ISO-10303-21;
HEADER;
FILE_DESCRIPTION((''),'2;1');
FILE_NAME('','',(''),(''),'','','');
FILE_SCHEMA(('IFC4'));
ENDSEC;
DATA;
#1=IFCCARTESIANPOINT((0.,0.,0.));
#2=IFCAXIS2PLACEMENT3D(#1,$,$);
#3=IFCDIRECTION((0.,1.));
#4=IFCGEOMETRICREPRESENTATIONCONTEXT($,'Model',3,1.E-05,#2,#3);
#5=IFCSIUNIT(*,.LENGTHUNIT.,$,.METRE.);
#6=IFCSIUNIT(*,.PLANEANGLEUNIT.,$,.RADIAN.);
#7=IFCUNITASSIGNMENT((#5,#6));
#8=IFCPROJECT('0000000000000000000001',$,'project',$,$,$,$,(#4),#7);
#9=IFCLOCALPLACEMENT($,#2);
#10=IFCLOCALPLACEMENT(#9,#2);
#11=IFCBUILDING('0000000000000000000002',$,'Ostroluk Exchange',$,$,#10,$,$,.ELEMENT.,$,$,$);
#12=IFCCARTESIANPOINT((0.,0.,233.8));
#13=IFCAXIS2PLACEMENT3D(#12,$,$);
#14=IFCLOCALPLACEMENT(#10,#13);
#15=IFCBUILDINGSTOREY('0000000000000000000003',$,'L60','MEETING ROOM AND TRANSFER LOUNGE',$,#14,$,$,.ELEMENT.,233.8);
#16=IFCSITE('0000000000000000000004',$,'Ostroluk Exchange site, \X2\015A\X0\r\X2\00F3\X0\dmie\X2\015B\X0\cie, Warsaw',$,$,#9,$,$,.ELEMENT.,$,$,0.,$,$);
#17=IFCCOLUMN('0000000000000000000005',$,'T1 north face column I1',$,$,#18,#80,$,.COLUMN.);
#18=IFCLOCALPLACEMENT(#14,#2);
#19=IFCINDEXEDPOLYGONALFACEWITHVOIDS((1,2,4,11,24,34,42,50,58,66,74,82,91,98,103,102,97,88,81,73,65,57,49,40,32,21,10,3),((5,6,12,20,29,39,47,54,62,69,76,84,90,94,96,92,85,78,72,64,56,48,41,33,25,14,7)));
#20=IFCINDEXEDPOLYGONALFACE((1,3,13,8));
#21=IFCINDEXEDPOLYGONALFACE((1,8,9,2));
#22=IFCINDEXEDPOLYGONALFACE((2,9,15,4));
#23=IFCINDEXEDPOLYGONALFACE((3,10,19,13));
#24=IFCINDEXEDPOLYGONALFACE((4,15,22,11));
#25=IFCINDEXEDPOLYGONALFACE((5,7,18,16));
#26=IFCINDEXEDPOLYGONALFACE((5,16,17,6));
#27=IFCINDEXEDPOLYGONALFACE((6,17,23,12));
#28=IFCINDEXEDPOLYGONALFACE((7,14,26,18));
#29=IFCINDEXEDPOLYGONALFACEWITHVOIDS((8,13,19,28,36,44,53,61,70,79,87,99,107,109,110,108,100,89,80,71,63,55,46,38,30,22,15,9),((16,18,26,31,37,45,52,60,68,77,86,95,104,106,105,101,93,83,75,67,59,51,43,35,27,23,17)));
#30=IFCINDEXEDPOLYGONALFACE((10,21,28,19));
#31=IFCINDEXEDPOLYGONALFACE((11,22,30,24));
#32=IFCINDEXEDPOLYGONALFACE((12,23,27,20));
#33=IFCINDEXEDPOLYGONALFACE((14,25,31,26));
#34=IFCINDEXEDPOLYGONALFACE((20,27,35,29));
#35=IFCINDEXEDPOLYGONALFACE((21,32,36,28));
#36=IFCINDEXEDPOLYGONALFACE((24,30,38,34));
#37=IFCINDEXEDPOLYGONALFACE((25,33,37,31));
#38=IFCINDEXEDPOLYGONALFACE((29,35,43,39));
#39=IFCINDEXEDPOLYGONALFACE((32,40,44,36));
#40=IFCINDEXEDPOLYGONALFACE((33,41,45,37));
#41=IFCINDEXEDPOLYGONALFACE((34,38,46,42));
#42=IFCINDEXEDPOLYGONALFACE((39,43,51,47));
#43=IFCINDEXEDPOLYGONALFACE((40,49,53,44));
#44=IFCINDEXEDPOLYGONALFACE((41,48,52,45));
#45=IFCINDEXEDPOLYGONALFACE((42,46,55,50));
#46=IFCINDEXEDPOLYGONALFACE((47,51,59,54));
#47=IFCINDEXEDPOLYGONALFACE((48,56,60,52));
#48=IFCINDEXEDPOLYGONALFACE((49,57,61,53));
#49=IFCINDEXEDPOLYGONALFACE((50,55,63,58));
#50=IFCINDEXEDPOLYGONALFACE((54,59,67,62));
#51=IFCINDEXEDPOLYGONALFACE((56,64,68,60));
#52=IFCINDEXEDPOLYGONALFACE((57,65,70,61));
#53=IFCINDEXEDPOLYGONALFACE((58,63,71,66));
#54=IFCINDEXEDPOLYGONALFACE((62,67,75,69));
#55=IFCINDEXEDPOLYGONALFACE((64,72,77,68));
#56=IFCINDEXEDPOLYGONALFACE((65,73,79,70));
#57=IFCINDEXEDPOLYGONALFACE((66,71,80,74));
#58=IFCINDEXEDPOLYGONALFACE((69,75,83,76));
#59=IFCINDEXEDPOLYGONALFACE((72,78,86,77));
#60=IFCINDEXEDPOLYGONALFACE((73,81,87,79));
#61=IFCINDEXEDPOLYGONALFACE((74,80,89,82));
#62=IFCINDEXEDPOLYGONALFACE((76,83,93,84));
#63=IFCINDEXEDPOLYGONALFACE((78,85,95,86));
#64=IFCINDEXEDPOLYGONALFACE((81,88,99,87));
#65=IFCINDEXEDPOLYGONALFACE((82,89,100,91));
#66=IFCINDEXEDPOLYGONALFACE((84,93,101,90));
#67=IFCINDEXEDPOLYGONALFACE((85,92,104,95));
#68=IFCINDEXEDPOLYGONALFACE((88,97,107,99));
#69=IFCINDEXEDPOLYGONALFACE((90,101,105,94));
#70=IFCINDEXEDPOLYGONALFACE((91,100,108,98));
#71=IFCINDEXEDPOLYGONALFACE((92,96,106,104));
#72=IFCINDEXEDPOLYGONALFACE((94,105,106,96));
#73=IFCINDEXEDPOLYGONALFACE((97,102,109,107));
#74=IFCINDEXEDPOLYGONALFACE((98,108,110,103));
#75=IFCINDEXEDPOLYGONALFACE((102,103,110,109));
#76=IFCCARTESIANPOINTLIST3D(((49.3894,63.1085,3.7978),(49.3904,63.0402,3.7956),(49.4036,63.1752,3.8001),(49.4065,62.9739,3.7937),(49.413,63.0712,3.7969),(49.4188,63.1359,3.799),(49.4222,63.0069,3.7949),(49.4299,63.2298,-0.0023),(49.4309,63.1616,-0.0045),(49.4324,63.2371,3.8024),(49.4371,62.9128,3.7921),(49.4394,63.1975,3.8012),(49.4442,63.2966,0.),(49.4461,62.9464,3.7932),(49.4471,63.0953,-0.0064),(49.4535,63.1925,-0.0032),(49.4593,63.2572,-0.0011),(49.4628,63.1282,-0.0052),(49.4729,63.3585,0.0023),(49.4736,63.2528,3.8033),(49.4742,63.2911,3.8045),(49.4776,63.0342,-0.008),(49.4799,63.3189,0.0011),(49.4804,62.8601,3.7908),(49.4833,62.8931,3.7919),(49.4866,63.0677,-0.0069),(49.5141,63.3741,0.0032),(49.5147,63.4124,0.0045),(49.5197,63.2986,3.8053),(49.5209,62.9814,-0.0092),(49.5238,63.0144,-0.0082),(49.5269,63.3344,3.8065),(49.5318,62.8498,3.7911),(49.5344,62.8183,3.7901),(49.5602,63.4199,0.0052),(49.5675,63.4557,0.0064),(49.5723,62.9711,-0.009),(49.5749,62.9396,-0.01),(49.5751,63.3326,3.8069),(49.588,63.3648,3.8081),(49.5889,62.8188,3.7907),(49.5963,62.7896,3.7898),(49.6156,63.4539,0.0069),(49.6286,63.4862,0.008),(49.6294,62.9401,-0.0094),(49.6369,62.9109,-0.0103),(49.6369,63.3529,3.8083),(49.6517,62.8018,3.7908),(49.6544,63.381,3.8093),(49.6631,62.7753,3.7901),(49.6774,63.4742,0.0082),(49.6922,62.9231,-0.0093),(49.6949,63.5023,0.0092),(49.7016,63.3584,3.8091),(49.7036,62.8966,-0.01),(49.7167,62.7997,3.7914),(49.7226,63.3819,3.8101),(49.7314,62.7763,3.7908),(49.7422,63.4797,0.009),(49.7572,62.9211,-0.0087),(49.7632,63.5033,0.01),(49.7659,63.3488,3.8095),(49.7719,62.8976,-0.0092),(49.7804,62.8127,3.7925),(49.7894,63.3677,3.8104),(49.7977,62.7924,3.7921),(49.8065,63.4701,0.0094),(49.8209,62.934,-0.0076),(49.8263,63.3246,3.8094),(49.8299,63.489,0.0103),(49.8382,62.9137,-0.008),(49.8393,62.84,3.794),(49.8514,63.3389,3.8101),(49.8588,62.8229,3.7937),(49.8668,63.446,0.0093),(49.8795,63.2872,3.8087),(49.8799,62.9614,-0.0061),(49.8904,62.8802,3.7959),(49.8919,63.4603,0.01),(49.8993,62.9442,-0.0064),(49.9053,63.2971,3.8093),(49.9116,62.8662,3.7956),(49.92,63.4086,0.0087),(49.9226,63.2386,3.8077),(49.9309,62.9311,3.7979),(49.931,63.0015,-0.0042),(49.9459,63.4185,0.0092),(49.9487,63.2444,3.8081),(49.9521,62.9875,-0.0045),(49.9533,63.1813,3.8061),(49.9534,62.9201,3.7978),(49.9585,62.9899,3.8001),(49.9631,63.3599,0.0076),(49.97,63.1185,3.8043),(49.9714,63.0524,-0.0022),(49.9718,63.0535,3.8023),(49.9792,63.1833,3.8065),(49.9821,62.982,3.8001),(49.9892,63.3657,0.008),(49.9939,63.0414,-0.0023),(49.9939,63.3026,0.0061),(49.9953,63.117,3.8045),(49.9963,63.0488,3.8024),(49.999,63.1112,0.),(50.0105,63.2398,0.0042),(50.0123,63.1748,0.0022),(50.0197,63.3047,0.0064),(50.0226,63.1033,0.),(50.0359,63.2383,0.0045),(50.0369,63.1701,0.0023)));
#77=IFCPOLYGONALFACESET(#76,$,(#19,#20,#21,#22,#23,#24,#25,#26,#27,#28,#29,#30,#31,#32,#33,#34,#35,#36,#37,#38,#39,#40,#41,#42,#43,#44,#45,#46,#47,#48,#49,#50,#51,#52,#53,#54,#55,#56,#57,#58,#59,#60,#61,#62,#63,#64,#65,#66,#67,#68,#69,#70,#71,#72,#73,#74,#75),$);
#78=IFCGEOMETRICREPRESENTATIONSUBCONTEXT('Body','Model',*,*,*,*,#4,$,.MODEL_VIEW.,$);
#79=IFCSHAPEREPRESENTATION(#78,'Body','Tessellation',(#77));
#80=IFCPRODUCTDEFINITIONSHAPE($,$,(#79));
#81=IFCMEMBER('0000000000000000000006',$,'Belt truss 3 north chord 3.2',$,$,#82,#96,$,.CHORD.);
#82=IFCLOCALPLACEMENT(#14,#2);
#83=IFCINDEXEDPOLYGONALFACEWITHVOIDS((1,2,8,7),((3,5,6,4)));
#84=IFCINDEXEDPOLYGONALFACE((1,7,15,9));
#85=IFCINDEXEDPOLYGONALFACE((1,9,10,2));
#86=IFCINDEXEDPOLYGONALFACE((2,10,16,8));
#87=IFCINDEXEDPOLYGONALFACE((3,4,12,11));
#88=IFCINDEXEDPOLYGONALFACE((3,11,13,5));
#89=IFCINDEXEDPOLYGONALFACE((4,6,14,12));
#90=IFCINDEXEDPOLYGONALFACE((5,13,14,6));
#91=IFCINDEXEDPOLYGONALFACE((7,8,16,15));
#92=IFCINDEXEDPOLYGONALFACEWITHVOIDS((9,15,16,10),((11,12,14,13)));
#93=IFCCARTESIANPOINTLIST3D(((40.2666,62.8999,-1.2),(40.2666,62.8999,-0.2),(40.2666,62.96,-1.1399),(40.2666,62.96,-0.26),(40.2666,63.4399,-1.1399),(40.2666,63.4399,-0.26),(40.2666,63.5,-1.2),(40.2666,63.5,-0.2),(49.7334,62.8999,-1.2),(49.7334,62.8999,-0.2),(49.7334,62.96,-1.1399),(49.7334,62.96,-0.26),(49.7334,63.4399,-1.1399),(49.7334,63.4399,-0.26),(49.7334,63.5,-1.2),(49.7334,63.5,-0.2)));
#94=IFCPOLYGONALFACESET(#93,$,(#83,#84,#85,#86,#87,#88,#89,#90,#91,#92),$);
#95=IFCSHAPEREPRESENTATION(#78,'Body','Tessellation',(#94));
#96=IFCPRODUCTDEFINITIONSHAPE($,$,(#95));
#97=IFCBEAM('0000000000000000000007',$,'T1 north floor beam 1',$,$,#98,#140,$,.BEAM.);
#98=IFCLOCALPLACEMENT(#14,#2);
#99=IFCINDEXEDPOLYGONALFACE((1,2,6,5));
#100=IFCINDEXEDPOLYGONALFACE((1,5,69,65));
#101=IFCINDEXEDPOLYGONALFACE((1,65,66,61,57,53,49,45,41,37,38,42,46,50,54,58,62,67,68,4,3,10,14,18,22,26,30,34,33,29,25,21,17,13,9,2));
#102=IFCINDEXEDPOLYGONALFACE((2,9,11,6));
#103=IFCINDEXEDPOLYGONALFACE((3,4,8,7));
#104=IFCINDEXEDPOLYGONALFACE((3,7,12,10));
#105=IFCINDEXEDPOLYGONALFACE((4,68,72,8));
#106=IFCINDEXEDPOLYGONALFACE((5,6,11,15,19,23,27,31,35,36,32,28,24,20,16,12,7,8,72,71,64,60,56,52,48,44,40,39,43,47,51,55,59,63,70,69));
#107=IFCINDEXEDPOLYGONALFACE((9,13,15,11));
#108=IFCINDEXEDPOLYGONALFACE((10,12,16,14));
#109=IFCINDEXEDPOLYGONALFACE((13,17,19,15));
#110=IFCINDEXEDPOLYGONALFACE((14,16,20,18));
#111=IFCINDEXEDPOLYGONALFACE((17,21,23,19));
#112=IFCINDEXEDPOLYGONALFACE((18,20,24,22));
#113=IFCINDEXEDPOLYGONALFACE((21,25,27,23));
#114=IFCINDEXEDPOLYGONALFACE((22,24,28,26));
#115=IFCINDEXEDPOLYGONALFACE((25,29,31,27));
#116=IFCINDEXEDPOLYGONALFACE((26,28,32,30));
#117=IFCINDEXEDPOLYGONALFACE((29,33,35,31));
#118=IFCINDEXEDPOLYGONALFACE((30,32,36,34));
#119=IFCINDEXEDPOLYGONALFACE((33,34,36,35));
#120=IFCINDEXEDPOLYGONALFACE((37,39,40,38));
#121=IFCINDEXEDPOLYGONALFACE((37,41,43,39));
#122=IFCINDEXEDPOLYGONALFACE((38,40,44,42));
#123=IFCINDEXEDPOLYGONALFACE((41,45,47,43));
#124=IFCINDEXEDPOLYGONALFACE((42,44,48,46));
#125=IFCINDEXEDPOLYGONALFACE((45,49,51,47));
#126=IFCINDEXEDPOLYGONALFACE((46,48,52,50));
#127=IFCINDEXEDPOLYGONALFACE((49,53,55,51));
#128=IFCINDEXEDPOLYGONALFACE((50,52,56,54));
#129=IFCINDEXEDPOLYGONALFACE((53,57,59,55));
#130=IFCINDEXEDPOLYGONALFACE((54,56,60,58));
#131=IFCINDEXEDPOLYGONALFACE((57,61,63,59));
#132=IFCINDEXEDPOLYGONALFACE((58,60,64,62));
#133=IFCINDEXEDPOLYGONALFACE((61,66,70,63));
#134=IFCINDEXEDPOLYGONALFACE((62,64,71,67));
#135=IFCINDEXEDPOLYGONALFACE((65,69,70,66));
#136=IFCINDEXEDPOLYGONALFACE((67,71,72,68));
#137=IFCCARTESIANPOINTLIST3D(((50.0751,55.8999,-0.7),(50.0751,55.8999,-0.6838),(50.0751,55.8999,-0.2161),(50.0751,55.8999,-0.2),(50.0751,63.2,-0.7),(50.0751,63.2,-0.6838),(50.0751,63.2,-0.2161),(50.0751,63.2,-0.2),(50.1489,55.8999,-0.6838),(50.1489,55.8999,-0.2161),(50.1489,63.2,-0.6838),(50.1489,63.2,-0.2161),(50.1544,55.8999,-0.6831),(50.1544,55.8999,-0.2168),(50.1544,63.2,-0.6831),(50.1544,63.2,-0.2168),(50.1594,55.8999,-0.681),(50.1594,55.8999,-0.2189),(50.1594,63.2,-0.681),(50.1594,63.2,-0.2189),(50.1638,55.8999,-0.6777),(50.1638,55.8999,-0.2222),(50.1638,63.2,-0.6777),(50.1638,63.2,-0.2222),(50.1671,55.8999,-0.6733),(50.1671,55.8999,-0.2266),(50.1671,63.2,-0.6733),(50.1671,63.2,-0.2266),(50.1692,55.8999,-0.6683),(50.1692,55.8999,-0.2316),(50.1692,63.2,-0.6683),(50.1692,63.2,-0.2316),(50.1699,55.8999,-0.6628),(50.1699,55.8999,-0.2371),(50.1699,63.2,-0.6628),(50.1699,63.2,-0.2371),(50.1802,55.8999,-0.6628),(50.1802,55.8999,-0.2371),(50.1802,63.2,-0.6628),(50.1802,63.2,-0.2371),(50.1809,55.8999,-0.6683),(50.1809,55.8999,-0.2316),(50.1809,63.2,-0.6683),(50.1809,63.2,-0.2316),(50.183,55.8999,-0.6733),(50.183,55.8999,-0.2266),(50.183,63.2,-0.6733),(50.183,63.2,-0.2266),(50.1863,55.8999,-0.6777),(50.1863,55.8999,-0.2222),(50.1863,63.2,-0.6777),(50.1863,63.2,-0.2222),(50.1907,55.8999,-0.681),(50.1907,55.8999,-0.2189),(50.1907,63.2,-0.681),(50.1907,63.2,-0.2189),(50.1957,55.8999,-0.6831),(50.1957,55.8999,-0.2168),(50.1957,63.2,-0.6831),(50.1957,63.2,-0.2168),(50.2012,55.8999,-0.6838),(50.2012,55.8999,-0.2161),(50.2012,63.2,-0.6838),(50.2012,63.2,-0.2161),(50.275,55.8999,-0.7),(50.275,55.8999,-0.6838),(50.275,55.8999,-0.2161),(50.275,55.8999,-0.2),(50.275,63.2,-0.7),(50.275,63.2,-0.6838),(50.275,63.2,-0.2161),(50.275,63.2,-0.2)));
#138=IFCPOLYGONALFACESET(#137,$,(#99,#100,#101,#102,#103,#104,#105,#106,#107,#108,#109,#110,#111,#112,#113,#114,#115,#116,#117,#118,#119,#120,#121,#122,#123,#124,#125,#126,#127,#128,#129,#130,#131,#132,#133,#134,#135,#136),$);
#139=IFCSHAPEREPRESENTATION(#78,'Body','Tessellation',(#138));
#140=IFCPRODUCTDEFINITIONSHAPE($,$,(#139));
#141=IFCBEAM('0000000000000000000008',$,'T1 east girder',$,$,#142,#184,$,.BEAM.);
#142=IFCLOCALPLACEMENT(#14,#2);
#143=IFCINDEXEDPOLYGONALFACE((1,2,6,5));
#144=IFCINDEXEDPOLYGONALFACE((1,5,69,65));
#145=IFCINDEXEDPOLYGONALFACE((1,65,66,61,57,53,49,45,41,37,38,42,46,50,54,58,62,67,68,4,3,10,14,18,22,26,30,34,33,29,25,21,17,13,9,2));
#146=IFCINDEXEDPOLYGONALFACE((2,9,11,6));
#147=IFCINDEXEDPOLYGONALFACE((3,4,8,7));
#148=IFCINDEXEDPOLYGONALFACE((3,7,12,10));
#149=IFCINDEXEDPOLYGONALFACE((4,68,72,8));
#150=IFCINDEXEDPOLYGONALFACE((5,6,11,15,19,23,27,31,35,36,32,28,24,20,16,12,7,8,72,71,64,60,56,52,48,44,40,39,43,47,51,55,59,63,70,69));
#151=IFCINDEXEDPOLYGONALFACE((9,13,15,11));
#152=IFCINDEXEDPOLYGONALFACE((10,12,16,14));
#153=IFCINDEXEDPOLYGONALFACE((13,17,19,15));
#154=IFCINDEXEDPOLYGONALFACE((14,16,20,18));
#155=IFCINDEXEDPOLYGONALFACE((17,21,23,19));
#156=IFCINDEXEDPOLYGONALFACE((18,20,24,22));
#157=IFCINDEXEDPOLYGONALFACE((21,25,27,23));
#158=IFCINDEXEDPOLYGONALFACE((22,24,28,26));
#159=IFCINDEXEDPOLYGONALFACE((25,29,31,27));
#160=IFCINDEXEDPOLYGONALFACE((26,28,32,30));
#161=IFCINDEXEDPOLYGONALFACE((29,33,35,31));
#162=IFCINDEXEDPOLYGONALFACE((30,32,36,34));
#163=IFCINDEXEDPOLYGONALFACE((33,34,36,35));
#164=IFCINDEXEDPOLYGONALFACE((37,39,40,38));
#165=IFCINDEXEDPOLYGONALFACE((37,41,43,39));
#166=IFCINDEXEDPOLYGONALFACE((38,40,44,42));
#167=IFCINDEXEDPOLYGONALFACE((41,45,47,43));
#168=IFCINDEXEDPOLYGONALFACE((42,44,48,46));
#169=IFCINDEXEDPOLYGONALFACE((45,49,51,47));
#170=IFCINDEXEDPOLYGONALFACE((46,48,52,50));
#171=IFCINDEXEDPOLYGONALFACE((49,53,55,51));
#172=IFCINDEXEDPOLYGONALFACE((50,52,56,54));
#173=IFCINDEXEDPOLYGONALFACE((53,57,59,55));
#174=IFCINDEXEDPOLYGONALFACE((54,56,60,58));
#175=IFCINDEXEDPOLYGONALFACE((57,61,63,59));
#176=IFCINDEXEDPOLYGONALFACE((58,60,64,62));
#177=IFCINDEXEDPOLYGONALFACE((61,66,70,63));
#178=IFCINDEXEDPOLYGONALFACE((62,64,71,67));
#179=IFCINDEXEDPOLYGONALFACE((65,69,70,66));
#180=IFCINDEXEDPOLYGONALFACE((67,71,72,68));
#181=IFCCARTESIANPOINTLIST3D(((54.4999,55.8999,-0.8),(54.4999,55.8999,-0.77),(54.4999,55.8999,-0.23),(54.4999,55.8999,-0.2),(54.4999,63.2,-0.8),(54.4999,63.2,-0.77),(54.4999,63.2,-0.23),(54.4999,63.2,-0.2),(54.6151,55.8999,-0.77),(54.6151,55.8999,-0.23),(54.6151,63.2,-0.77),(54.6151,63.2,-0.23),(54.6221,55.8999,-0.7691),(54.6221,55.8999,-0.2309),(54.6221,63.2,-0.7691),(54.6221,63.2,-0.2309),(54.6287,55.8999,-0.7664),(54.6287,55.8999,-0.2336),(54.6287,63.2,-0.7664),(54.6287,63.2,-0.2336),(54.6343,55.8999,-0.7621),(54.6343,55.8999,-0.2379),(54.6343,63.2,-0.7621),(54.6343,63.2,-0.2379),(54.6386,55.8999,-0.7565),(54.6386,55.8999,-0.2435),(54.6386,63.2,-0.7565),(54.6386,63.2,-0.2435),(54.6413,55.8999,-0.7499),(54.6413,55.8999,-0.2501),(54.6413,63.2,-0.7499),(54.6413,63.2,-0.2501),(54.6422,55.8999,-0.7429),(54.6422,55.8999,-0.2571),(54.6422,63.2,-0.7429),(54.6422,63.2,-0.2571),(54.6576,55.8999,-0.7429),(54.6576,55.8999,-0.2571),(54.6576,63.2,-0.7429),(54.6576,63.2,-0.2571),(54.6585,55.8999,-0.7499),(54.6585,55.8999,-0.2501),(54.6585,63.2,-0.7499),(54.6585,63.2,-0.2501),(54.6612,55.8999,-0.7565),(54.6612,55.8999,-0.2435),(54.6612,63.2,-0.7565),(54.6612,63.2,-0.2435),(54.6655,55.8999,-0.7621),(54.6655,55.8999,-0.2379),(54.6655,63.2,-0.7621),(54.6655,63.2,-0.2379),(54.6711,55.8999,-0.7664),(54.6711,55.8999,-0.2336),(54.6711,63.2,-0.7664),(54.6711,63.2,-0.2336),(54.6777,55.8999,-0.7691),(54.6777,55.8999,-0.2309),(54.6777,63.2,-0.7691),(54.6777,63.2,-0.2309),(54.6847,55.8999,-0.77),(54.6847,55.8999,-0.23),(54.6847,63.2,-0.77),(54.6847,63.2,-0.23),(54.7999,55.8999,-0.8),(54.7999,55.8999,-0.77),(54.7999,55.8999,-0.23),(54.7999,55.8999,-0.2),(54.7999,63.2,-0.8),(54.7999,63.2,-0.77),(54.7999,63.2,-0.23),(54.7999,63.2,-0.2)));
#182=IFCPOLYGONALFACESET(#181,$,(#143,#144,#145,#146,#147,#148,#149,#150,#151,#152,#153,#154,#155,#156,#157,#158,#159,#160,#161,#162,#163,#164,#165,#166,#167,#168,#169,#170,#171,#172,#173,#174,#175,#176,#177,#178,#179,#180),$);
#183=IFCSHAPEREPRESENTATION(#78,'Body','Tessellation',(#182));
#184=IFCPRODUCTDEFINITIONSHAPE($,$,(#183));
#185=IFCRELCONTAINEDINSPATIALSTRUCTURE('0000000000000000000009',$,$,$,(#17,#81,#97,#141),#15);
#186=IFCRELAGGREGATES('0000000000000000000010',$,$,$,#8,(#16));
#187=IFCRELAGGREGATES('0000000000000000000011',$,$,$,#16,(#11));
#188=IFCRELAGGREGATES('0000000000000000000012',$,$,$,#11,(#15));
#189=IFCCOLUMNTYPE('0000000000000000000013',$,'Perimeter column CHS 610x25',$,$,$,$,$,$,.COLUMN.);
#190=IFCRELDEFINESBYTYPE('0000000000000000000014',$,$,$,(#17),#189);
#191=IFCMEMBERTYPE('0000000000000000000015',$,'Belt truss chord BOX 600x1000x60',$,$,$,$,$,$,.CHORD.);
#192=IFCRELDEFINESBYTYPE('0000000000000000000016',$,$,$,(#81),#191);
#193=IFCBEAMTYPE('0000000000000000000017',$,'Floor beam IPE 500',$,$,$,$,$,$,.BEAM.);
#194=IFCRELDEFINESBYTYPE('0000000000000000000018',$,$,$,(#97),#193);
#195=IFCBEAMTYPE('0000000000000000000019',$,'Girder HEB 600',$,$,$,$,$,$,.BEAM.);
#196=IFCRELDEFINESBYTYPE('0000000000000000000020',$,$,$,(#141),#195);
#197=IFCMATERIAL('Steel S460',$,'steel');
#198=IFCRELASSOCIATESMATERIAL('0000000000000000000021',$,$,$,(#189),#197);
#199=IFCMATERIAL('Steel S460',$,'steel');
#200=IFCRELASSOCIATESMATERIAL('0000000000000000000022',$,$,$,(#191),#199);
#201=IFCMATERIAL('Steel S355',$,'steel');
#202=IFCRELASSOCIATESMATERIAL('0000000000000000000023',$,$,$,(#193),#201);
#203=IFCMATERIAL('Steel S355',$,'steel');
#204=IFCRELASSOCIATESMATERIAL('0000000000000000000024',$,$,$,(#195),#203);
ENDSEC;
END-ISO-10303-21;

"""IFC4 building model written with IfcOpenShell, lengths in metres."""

from ifc_helpers import new_model, si_unit, direction, frame, origin, origin_2d, place, context, subcontext, project, spatial, hollow_rectangle, hollow_circle, i_section, extrude, material, material_profile, profile_set, type_object, element, save


model = new_model("IFC4")

# Units and contexts
model_context = context("Model", 3, precision=1e-05, world=origin(), true_north=direction((0.0, 1.0)))
body_context = subcontext(model_context, "Body", "Model", "MODEL_VIEW")
ifc_project = project(units=[si_unit("LENGTHUNIT", "METRE"), si_unit("PLANEANGLEUNIT", "RADIAN")], contexts=[model_context])

# Site, building, storey
site_placement = place(None, origin())
site = spatial("IfcSite", under=ifc_project, at=site_placement, Name="Ostroluk Exchange site, Śródmieście, Warsaw", CompositionType="ELEMENT", RefElevation=0.0)
building_placement = place(site_placement, origin())
building = spatial("IfcBuilding", under=site, at=building_placement, Name="Ostroluk Exchange", CompositionType="ELEMENT")
storey_placement = place(building_placement, frame((0.0, 0.0, 233.8)))
storey = spatial("IfcBuildingStorey", under=building, at=storey_placement, Name="L60", Description="MEETING ROOM AND TRANSFER LOUNGE", CompositionType="ELEMENT", Elevation=233.8)

# Column
ifc_material_1 = material(Name="Steel S460", Category="steel")
ifc_material_profile_1 = material_profile(ifc_material_1, hollow_circle(Radius=0.3049, WallThickness=0.0249, at=origin_2d()), Name="CHS 610x25")
ifc_profile_set_1 = profile_set([ifc_material_profile_1], Name="Steel S460")
column_type = type_object("IfcColumnType", Name="Perimeter column CHS 610x25", PredefinedType="COLUMN", material=ifc_profile_set_1)
column_placement = place(storey_placement, frame((49.7334, 63.2, 0.0), z_axis=(-0.010659, -0.031913, 0.999434), x_axis=(0.948492, -0.3168, 0.0)))
element("IfcColumn", 1, at=column_placement, inside=storey, type_object=column_type, Name="T1 north face column I1", PredefinedType="COLUMN", context=body_context, shape_type="SweptSolid", body=[
    extrude(hollow_circle(Radius=0.3049, WallThickness=0.0249, at=origin_2d()), origin(), (0.0, 0.0, 1.0), 3.8022),
])

# Member
ifc_material_2 = material(Name="Steel S460", Category="steel")
ifc_material_profile_2 = material_profile(ifc_material_2, hollow_rectangle(XDim=0.6001, YDim=1.0, WallThickness=0.0601, at=origin_2d()), Name="BOX 600x1000x60")
ifc_profile_set_2 = profile_set([ifc_material_profile_2], Name="Steel S460")
member_type_1 = type_object("IfcMemberType", Name="Belt truss chord BOX 600x1000x60", PredefinedType="CHORD", material=ifc_profile_set_2)
member_1_placement = place(storey_placement, frame((49.7334, 63.2, -0.7), z_axis=(-1.0, 0.0, 0.0), x_axis=(0.0, -1.0, 0.0)))
element("IfcMember", 2, at=member_1_placement, inside=storey, type_object=member_type_1, Name="Belt truss 3 north chord 3.2", PredefinedType="CHORD", context=body_context, shape_type="SweptSolid", body=[
    extrude(hollow_rectangle(XDim=0.6001, YDim=1.0, WallThickness=0.0601, at=origin_2d()), origin(), (0.0, 0.0, 1.0), 9.4668),
])

# Beams
ifc_material_3 = material(Name="Steel S355", Category="steel")
ifc_material_profile_3 = material_profile(ifc_material_3, i_section(OverallWidth=0.2, OverallDepth=0.5, WebThickness=0.0103, FlangeThickness=0.0161, FilletRadius=0.021, at=origin_2d()), Name="IPE 500")
ifc_profile_set_3 = profile_set([ifc_material_profile_3], Name="Steel S355")
beam_type_1 = type_object("IfcBeamType", Name="Floor beam IPE 500", PredefinedType="BEAM", material=ifc_profile_set_3)
beam_1_placement = place(storey_placement, frame((50.175, 55.8999, -0.45), z_axis=(0.0, 1.0, 0.0), x_axis=(-1.0, 0.0, 0.0)))
element("IfcBeam", 3, at=beam_1_placement, inside=storey, type_object=beam_type_1, Name="T1 north floor beam 1", PredefinedType="BEAM", context=body_context, shape_type="SweptSolid", body=[
    extrude(i_section(OverallWidth=0.2, OverallDepth=0.5, WebThickness=0.0103, FlangeThickness=0.0161, FilletRadius=0.021, at=origin_2d()), origin(), (0.0, 0.0, 1.0), 7.3),
])
ifc_material_4 = material(Name="Steel S355", Category="steel")
ifc_material_profile_4 = material_profile(ifc_material_4, i_section(OverallWidth=0.3, OverallDepth=0.6001, WebThickness=0.0154, FlangeThickness=0.03, FilletRadius=0.0271, at=origin_2d()), Name="HEB 600")
ifc_profile_set_4 = profile_set([ifc_material_profile_4], Name="Steel S355")
beam_type_2 = type_object("IfcBeamType", Name="Girder HEB 600", PredefinedType="BEAM", material=ifc_profile_set_4)
beam_2_placement = place(storey_placement, frame((54.6499, 55.8999, -0.5), z_axis=(0.0, 1.0, 0.0), x_axis=(-1.0, 0.0, 0.0)))
element("IfcBeam", 4, at=beam_2_placement, inside=storey, type_object=beam_type_2, Name="T1 east girder", PredefinedType="BEAM", context=body_context, shape_type="SweptSolid", body=[
    extrude(i_section(OverallWidth=0.3, OverallDepth=0.6001, WebThickness=0.0154, FlangeThickness=0.03, FilletRadius=0.0271, at=origin_2d()), origin(), (0.0, 0.0, 1.0), 7.3),
])

save(model, "model.ifc")
